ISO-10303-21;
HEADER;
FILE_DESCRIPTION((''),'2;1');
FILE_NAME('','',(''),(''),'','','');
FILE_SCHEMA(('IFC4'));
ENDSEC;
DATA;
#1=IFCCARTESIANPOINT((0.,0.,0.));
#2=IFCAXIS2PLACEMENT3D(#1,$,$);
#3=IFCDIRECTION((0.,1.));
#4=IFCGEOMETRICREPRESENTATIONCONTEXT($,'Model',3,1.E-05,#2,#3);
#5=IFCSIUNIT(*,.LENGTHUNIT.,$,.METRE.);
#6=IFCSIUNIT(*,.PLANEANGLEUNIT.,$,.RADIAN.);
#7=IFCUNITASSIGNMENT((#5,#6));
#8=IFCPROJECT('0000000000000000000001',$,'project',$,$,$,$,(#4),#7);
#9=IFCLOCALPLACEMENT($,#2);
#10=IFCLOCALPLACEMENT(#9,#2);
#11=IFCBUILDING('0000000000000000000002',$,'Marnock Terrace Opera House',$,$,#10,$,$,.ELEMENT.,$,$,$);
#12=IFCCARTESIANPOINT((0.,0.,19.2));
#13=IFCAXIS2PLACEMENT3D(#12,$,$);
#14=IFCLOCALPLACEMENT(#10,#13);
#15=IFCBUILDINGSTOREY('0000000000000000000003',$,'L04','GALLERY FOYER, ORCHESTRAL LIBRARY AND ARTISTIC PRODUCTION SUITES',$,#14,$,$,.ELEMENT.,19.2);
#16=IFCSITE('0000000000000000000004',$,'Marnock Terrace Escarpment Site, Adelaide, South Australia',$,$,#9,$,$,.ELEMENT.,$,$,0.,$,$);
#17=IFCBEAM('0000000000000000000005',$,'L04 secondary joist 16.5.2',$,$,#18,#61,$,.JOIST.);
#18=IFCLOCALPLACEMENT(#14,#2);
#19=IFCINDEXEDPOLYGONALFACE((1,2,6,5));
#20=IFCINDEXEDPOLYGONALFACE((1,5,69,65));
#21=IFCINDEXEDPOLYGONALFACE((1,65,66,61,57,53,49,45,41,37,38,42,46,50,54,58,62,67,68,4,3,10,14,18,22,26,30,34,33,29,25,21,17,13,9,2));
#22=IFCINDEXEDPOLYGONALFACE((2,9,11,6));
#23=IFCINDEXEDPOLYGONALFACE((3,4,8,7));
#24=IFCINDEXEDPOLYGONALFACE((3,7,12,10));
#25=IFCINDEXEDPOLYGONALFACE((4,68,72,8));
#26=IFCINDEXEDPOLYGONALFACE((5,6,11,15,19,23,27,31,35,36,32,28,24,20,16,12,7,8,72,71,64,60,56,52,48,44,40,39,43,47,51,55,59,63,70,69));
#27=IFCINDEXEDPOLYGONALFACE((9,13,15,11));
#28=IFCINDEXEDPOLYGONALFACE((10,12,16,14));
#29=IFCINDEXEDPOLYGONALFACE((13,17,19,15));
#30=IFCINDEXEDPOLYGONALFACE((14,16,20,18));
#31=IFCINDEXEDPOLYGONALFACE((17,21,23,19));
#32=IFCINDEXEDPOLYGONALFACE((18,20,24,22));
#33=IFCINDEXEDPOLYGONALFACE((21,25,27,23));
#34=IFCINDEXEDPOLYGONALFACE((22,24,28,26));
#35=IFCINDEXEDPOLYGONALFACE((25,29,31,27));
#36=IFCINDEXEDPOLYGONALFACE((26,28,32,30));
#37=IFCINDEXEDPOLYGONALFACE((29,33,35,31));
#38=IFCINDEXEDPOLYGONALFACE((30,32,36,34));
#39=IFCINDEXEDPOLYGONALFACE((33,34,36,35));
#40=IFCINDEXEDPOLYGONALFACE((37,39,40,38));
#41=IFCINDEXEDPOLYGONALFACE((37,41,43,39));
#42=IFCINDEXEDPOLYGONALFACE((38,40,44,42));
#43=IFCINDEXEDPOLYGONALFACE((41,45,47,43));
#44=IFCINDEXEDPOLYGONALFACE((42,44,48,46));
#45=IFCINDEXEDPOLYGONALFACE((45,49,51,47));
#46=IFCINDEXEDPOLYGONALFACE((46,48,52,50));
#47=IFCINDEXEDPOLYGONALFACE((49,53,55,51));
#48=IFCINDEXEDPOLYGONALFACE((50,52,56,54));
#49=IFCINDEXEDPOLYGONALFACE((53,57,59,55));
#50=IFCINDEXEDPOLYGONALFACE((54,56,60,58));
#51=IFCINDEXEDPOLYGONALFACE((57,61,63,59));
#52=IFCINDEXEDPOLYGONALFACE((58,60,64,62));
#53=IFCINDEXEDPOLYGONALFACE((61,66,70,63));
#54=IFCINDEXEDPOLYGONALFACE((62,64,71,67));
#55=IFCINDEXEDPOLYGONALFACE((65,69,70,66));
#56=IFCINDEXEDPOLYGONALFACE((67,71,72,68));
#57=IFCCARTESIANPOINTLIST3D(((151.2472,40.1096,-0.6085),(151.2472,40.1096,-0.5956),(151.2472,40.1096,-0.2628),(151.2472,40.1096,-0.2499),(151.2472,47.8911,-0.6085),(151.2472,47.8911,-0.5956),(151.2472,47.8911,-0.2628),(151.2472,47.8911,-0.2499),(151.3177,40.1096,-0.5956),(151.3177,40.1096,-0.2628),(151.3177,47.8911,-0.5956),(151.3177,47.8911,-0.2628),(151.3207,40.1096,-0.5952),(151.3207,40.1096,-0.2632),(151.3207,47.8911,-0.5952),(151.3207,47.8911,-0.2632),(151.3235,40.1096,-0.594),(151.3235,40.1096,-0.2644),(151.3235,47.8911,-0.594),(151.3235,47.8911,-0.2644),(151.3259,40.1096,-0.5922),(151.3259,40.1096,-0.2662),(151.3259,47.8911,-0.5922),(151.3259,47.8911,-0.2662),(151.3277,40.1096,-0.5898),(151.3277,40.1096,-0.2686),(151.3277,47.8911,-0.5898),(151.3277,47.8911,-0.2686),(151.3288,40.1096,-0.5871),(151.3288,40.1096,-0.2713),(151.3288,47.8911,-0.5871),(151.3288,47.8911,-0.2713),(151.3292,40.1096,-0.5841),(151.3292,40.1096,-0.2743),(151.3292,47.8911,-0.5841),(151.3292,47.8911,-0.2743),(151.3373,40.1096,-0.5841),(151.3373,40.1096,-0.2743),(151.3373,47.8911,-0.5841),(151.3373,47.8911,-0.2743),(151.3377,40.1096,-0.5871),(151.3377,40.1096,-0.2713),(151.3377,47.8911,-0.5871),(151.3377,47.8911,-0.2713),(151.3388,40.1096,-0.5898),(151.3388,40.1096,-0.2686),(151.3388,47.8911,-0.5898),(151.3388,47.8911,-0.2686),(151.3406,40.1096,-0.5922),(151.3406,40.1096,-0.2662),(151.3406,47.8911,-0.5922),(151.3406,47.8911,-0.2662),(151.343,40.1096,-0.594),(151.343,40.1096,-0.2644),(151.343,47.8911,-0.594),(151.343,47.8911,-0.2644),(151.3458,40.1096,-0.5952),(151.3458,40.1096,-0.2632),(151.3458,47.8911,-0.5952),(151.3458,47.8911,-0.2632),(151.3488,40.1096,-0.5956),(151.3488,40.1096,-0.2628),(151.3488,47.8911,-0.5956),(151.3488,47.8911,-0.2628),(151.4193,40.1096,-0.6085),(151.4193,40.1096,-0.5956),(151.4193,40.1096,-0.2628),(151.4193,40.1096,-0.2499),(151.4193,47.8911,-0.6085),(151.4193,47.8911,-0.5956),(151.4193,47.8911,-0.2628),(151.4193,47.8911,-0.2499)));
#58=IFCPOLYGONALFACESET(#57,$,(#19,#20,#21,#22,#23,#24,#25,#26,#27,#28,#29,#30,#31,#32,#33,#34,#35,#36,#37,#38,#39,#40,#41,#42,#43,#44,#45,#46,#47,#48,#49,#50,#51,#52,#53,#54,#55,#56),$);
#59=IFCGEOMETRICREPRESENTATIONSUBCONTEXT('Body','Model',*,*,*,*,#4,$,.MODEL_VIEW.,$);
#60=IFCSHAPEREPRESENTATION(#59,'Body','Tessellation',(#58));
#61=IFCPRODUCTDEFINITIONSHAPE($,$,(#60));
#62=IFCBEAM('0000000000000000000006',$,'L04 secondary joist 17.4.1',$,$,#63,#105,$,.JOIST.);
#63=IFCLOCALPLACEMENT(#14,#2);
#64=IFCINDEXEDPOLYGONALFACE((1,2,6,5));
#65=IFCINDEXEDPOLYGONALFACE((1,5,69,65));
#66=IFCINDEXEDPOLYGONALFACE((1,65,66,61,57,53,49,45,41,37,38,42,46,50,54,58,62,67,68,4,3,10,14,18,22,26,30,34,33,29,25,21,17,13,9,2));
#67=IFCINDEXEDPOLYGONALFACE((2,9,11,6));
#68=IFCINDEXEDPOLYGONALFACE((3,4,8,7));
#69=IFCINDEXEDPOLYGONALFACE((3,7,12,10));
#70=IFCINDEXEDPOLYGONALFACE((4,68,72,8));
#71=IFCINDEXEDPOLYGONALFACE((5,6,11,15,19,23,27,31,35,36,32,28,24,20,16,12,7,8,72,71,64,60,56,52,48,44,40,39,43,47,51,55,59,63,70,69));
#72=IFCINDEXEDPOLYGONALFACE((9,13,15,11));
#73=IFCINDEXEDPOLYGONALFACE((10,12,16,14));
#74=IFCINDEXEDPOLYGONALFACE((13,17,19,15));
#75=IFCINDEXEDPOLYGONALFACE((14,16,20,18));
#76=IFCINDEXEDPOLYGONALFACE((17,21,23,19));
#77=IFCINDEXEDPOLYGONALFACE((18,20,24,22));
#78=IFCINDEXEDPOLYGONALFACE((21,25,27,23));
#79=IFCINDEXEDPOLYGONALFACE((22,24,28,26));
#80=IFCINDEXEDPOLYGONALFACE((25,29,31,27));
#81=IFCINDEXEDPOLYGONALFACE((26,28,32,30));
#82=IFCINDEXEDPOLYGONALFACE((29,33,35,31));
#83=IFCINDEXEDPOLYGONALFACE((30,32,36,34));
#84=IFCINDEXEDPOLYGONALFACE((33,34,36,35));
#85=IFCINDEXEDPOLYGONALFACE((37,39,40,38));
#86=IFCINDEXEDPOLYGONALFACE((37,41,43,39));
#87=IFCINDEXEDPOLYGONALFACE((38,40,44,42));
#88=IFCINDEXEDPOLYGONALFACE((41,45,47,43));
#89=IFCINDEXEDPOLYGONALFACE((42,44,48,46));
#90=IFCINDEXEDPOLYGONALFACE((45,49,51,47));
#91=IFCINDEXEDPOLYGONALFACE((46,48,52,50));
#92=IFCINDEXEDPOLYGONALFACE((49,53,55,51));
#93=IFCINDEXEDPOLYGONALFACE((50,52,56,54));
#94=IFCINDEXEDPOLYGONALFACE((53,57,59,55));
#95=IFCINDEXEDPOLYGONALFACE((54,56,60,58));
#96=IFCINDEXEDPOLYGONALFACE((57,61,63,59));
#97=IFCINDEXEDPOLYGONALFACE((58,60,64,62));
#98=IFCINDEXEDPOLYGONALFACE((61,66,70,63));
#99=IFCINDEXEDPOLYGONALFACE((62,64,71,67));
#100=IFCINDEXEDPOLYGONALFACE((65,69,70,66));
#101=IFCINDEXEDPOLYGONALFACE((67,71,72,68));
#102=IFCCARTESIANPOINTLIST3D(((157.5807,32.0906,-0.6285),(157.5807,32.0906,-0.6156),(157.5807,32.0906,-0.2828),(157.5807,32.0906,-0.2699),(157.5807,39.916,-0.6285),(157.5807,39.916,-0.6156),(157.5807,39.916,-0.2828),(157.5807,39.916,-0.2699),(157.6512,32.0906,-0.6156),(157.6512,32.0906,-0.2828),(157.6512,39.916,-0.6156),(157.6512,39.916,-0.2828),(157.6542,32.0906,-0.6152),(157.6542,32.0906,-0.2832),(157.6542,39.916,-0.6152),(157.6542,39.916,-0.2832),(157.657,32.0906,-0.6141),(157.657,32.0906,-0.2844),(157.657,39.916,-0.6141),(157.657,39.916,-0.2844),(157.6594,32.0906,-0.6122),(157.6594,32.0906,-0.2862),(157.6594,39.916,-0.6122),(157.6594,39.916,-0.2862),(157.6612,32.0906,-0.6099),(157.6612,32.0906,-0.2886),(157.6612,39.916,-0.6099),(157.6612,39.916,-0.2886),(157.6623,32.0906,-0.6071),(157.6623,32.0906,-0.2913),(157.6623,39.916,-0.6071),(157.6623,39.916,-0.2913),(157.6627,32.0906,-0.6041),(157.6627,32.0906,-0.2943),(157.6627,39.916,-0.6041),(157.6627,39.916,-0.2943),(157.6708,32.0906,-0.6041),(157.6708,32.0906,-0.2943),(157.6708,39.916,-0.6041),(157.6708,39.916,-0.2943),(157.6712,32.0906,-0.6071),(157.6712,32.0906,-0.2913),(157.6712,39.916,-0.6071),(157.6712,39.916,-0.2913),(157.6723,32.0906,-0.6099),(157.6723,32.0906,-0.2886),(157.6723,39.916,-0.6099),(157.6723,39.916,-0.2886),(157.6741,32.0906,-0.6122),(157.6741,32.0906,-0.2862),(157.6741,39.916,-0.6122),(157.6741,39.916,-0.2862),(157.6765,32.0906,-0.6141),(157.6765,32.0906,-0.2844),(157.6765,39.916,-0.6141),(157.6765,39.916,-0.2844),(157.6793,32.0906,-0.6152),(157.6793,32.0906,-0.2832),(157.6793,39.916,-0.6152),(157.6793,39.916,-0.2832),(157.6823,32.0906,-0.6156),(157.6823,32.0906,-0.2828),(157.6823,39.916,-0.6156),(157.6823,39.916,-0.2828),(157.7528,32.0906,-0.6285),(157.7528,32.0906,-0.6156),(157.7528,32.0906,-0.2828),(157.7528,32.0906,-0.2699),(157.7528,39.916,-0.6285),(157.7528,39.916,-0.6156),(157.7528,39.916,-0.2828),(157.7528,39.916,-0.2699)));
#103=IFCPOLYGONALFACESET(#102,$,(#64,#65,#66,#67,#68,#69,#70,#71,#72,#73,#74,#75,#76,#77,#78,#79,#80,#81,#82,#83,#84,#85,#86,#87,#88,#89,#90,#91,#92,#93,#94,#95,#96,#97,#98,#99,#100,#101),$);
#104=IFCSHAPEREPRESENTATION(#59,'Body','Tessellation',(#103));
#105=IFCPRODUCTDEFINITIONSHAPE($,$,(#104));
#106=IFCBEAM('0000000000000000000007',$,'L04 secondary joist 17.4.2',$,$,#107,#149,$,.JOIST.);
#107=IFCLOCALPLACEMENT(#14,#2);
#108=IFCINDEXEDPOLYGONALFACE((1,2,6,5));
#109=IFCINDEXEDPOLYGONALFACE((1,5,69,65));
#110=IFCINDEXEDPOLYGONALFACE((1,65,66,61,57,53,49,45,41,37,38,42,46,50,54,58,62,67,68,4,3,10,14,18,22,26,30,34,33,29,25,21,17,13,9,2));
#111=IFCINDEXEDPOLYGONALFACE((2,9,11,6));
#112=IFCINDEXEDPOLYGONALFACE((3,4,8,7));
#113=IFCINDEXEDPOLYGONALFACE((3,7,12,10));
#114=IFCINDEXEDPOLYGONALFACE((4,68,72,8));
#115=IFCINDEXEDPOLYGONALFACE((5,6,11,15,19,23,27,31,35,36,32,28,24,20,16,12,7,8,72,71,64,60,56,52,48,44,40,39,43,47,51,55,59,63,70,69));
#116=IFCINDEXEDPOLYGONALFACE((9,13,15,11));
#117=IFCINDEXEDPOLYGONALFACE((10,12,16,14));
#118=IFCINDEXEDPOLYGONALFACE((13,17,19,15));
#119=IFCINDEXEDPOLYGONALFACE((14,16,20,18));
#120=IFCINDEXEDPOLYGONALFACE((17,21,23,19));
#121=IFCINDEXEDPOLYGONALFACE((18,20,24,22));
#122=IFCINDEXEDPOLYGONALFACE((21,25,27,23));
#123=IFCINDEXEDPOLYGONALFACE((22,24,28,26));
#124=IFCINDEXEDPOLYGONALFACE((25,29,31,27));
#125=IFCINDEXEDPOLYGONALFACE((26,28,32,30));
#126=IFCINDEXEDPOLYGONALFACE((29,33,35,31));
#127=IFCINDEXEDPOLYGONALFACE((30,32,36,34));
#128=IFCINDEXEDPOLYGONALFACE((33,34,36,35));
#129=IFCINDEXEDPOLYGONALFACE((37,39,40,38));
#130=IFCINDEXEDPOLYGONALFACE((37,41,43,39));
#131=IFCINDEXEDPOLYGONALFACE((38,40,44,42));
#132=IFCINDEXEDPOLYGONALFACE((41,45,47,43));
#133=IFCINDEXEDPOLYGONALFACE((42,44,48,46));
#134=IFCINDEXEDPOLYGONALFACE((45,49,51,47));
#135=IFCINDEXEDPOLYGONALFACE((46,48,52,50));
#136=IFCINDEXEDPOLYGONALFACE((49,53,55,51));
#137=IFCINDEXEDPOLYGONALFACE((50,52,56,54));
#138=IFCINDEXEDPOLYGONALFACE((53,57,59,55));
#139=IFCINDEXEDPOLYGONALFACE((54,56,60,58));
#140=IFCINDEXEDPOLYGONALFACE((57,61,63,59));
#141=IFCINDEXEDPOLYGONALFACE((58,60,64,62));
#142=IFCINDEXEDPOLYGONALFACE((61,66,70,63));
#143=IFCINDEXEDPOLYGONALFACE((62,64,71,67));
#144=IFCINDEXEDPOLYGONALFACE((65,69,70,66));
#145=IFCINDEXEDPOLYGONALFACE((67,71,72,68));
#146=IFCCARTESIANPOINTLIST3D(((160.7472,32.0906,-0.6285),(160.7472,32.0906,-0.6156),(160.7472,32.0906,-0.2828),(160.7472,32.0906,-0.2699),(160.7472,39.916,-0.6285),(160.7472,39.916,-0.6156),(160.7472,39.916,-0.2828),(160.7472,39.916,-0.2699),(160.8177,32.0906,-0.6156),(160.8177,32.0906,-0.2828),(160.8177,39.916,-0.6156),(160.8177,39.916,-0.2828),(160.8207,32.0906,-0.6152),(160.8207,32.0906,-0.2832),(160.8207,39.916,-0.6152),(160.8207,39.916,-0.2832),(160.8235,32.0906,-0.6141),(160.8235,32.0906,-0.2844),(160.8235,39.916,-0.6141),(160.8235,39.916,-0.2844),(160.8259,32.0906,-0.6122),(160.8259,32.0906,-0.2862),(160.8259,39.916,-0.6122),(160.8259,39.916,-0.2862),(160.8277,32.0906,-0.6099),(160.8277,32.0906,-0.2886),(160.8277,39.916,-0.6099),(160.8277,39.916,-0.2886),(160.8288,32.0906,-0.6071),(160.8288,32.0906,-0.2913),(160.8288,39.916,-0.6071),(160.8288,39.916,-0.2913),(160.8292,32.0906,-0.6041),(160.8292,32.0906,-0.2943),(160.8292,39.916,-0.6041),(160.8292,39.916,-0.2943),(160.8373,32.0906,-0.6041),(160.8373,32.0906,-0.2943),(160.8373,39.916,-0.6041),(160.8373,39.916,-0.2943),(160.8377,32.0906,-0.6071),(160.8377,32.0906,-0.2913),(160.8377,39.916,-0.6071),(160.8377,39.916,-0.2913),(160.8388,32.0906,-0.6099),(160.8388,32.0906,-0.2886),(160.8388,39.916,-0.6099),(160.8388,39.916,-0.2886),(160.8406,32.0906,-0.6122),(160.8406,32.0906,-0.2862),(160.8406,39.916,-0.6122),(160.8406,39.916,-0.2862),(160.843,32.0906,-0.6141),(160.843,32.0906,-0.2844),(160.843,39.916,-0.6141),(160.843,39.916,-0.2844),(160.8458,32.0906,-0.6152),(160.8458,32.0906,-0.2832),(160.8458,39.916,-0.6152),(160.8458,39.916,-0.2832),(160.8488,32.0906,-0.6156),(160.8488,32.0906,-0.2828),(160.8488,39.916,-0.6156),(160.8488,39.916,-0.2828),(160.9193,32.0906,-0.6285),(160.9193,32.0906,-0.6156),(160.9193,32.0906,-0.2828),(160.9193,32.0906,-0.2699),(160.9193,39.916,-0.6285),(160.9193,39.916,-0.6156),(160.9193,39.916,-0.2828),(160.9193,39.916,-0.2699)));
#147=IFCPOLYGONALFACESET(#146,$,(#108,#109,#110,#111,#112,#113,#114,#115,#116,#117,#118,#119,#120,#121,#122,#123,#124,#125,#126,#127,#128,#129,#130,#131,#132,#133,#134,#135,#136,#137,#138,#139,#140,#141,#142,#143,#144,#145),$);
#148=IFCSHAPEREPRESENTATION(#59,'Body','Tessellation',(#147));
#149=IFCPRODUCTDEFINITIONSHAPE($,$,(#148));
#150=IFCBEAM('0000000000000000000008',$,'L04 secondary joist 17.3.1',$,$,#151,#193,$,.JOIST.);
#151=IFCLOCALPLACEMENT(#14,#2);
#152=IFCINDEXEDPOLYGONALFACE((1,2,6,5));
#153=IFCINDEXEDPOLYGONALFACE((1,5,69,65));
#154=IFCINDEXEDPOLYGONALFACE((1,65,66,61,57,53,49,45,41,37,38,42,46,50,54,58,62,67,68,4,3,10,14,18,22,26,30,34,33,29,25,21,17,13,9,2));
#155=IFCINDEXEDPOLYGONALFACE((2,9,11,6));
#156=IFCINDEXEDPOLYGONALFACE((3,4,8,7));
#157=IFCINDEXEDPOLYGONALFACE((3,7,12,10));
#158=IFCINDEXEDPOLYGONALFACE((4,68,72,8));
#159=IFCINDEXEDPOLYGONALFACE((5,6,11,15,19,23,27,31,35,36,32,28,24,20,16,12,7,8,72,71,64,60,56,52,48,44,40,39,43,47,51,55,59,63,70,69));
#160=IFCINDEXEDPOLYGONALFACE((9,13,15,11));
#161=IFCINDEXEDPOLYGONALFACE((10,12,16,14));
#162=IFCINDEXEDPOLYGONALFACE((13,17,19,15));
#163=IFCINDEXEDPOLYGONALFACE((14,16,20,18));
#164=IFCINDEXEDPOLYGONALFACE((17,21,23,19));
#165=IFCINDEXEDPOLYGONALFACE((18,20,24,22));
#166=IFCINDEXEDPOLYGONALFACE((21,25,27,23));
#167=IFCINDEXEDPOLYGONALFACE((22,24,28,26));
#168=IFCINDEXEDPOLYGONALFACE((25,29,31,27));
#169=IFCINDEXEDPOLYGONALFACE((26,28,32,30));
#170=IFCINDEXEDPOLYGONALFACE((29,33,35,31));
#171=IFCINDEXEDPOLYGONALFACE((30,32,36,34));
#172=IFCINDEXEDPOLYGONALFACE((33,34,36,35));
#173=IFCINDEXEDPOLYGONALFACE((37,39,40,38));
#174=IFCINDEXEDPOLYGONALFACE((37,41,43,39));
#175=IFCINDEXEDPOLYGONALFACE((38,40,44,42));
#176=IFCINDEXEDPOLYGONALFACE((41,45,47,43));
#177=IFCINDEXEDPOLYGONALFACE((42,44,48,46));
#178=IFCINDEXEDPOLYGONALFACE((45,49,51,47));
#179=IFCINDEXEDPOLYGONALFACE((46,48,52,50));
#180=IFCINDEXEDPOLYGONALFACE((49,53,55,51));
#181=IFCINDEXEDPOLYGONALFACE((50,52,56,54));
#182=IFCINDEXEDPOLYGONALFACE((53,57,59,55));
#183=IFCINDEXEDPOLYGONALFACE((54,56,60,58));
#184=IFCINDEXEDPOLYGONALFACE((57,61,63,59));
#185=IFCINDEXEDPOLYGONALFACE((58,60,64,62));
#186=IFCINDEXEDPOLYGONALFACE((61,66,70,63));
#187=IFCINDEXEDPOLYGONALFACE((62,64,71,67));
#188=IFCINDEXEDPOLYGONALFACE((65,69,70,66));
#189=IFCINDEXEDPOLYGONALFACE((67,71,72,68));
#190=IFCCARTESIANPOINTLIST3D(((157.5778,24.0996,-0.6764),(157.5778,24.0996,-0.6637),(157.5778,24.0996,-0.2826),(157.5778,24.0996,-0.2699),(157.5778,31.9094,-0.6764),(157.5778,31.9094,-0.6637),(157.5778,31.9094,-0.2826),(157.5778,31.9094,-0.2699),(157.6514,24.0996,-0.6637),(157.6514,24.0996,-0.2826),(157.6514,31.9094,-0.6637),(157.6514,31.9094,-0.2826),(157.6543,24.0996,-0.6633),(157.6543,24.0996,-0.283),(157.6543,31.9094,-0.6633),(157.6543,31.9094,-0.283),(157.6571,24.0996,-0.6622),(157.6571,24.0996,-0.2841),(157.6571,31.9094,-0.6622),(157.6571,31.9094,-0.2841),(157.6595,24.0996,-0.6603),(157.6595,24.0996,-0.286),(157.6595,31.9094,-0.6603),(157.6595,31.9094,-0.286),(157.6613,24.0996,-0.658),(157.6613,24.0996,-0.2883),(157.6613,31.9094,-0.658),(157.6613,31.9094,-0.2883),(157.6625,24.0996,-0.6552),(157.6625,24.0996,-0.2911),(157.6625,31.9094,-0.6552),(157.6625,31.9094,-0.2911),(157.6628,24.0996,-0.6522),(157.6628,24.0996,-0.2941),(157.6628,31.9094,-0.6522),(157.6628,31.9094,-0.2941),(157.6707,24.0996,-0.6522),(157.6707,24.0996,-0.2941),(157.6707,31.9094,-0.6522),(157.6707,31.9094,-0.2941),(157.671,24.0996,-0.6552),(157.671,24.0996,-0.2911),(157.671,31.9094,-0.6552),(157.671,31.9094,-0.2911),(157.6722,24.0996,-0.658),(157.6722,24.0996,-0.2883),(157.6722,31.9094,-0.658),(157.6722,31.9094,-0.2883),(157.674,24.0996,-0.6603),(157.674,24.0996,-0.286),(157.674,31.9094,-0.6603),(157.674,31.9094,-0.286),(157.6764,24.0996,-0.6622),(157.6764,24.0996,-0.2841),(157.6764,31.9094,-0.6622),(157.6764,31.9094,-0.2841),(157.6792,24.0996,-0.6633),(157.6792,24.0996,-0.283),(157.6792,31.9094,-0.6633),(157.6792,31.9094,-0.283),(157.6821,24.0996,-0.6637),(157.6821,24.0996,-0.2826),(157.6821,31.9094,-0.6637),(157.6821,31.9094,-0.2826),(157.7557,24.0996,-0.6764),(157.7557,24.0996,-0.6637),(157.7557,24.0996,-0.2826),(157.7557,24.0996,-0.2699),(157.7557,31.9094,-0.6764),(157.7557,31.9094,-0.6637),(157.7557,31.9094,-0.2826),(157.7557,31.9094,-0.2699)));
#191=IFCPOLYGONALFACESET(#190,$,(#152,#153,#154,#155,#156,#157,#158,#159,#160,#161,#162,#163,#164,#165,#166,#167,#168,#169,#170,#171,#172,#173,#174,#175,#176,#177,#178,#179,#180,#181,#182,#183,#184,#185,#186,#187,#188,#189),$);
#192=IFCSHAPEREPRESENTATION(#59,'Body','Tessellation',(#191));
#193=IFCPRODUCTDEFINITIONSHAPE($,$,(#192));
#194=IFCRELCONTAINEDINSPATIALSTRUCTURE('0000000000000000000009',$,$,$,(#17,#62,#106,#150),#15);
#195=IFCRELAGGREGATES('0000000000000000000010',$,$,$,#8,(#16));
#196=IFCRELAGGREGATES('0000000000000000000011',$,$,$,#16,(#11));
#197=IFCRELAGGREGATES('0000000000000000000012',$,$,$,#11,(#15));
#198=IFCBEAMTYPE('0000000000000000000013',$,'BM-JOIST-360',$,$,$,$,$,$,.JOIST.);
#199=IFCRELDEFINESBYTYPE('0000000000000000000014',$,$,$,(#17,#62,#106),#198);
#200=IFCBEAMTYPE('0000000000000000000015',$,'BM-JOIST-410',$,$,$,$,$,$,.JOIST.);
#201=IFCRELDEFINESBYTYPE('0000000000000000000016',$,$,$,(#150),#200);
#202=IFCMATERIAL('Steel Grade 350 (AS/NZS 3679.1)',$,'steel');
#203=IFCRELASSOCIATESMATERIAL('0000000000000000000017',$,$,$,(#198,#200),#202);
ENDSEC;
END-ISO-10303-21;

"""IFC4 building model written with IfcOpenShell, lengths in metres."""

from ifc_helpers import new_model, si_unit, direction, frame, origin, origin_2d, place, context, subcontext, project, spatial, i_section, extrude, material, material_profile, profile_set, type_object, element, save


model = new_model("IFC4")

# Units and contexts
model_context = context("Model", 3, precision=1e-05, world=origin(), true_north=direction((0.0, 1.0)))
body_context = subcontext(model_context, "Body", "Model", "MODEL_VIEW")
ifc_project = project(units=[si_unit("LENGTHUNIT", "METRE"), si_unit("PLANEANGLEUNIT", "RADIAN")], contexts=[model_context])

# Site, building, storey
site_placement = place(None, origin())
site = spatial("IfcSite", under=ifc_project, at=site_placement, Name="Marnock Terrace Escarpment Site, Adelaide, South Australia", CompositionType="ELEMENT", RefElevation=0.0)
building_placement = place(site_placement, origin())
building = spatial("IfcBuilding", under=site, at=building_placement, Name="Marnock Terrace Opera House", CompositionType="ELEMENT")
storey_placement = place(building_placement, frame((0.0, 0.0, 19.2)))
storey = spatial("IfcBuildingStorey", under=building, at=storey_placement, Name="L04", Description="GALLERY FOYER, ORCHESTRAL LIBRARY AND ARTISTIC PRODUCTION SUITES", CompositionType="ELEMENT", Elevation=19.2)

# Shared definitions
ifc_material_1 = material(Name="Steel Grade 350 (AS/NZS 3679.1)", Category="steel")

# Beams
ifc_material_profile_1 = material_profile(ifc_material_1, i_section(OverallWidth=0.1721, OverallDepth=0.3586, WebThickness=0.0081, FlangeThickness=0.0129, FilletRadius=0.0115, at=origin_2d()))
ifc_profile_set_1 = profile_set([ifc_material_profile_1], Name="Steel Grade 350 (AS/NZS 3679.1)")
beam_type_1 = type_object("IfcBeamType", Name="BM-JOIST-360", PredefinedType="JOIST", material=ifc_profile_set_1)
beam_1_placement = place(storey_placement, frame((151.3333, 40.1096, -0.4292), z_axis=(0.0, 1.0, 0.0), x_axis=(-1.0, 0.0, 0.0)))
element("IfcBeam", 1, at=beam_1_placement, inside=storey, type_object=beam_type_1, Name="L04 secondary joist 16.5.2", PredefinedType="JOIST", context=body_context, shape_type="SweptSolid", body=[
    extrude(i_section(OverallWidth=0.1721, OverallDepth=0.3586, WebThickness=0.0081, FlangeThickness=0.0129, FilletRadius=0.0115, at=origin_2d()), origin(), (0.0, 0.0, 1.0), 7.7815),
])
for number, where, z_axis, x_axis, name in (
    (2, (157.6667, 32.0906, -0.4492), (0.0, 1.0, 0.0), (-1.0, 0.0, 0.0), "L04 secondary joist 17.4.1"),
    (3, (160.8333, 32.0906, -0.4492), (0.0, 1.0, 0.0), (-1.0, 0.0, 0.0), "L04 secondary joist 17.4.2"),
):
    element("IfcBeam", number, at=place(storey_placement, frame(where, z_axis=z_axis, x_axis=x_axis)), inside=storey, type_object=beam_type_1, Name=name, PredefinedType="JOIST", context=body_context, shape_type="SweptSolid", body=[
        extrude(i_section(OverallWidth=0.1721, OverallDepth=0.3586, WebThickness=0.0081, FlangeThickness=0.0129, FilletRadius=0.0115, at=origin_2d()), origin(), (0.0, 0.0, 1.0), 7.8254),
    ])
ifc_material_profile_2 = material_profile(ifc_material_1, i_section(OverallWidth=0.178, OverallDepth=0.4065, WebThickness=0.0078, FlangeThickness=0.0127, FilletRadius=0.0115, at=origin_2d()))
ifc_profile_set_2 = profile_set([ifc_material_profile_2], Name="Steel Grade 350 (AS/NZS 3679.1)")
beam_type_2 = type_object("IfcBeamType", Name="BM-JOIST-410", PredefinedType="JOIST", material=ifc_profile_set_2)
for number, where, z_axis, x_axis, name in (
    (4, (157.6667, 24.0996, -0.4731), (0.0, 1.0, 0.0), (-1.0, 0.0, 0.0), "L04 secondary joist 17.3.1"),
):
    element("IfcBeam", number, at=place(storey_placement, frame(where, z_axis=z_axis, x_axis=x_axis)), inside=storey, type_object=beam_type_2, Name=name, PredefinedType="JOIST", context=body_context, shape_type="SweptSolid", body=[
        extrude(i_section(OverallWidth=0.178, OverallDepth=0.4065, WebThickness=0.0078, FlangeThickness=0.0127, FilletRadius=0.0115, at=origin_2d()), origin(), (0.0, 0.0, 1.0), 7.8098),
    ])

save(model, "model.ifc")
